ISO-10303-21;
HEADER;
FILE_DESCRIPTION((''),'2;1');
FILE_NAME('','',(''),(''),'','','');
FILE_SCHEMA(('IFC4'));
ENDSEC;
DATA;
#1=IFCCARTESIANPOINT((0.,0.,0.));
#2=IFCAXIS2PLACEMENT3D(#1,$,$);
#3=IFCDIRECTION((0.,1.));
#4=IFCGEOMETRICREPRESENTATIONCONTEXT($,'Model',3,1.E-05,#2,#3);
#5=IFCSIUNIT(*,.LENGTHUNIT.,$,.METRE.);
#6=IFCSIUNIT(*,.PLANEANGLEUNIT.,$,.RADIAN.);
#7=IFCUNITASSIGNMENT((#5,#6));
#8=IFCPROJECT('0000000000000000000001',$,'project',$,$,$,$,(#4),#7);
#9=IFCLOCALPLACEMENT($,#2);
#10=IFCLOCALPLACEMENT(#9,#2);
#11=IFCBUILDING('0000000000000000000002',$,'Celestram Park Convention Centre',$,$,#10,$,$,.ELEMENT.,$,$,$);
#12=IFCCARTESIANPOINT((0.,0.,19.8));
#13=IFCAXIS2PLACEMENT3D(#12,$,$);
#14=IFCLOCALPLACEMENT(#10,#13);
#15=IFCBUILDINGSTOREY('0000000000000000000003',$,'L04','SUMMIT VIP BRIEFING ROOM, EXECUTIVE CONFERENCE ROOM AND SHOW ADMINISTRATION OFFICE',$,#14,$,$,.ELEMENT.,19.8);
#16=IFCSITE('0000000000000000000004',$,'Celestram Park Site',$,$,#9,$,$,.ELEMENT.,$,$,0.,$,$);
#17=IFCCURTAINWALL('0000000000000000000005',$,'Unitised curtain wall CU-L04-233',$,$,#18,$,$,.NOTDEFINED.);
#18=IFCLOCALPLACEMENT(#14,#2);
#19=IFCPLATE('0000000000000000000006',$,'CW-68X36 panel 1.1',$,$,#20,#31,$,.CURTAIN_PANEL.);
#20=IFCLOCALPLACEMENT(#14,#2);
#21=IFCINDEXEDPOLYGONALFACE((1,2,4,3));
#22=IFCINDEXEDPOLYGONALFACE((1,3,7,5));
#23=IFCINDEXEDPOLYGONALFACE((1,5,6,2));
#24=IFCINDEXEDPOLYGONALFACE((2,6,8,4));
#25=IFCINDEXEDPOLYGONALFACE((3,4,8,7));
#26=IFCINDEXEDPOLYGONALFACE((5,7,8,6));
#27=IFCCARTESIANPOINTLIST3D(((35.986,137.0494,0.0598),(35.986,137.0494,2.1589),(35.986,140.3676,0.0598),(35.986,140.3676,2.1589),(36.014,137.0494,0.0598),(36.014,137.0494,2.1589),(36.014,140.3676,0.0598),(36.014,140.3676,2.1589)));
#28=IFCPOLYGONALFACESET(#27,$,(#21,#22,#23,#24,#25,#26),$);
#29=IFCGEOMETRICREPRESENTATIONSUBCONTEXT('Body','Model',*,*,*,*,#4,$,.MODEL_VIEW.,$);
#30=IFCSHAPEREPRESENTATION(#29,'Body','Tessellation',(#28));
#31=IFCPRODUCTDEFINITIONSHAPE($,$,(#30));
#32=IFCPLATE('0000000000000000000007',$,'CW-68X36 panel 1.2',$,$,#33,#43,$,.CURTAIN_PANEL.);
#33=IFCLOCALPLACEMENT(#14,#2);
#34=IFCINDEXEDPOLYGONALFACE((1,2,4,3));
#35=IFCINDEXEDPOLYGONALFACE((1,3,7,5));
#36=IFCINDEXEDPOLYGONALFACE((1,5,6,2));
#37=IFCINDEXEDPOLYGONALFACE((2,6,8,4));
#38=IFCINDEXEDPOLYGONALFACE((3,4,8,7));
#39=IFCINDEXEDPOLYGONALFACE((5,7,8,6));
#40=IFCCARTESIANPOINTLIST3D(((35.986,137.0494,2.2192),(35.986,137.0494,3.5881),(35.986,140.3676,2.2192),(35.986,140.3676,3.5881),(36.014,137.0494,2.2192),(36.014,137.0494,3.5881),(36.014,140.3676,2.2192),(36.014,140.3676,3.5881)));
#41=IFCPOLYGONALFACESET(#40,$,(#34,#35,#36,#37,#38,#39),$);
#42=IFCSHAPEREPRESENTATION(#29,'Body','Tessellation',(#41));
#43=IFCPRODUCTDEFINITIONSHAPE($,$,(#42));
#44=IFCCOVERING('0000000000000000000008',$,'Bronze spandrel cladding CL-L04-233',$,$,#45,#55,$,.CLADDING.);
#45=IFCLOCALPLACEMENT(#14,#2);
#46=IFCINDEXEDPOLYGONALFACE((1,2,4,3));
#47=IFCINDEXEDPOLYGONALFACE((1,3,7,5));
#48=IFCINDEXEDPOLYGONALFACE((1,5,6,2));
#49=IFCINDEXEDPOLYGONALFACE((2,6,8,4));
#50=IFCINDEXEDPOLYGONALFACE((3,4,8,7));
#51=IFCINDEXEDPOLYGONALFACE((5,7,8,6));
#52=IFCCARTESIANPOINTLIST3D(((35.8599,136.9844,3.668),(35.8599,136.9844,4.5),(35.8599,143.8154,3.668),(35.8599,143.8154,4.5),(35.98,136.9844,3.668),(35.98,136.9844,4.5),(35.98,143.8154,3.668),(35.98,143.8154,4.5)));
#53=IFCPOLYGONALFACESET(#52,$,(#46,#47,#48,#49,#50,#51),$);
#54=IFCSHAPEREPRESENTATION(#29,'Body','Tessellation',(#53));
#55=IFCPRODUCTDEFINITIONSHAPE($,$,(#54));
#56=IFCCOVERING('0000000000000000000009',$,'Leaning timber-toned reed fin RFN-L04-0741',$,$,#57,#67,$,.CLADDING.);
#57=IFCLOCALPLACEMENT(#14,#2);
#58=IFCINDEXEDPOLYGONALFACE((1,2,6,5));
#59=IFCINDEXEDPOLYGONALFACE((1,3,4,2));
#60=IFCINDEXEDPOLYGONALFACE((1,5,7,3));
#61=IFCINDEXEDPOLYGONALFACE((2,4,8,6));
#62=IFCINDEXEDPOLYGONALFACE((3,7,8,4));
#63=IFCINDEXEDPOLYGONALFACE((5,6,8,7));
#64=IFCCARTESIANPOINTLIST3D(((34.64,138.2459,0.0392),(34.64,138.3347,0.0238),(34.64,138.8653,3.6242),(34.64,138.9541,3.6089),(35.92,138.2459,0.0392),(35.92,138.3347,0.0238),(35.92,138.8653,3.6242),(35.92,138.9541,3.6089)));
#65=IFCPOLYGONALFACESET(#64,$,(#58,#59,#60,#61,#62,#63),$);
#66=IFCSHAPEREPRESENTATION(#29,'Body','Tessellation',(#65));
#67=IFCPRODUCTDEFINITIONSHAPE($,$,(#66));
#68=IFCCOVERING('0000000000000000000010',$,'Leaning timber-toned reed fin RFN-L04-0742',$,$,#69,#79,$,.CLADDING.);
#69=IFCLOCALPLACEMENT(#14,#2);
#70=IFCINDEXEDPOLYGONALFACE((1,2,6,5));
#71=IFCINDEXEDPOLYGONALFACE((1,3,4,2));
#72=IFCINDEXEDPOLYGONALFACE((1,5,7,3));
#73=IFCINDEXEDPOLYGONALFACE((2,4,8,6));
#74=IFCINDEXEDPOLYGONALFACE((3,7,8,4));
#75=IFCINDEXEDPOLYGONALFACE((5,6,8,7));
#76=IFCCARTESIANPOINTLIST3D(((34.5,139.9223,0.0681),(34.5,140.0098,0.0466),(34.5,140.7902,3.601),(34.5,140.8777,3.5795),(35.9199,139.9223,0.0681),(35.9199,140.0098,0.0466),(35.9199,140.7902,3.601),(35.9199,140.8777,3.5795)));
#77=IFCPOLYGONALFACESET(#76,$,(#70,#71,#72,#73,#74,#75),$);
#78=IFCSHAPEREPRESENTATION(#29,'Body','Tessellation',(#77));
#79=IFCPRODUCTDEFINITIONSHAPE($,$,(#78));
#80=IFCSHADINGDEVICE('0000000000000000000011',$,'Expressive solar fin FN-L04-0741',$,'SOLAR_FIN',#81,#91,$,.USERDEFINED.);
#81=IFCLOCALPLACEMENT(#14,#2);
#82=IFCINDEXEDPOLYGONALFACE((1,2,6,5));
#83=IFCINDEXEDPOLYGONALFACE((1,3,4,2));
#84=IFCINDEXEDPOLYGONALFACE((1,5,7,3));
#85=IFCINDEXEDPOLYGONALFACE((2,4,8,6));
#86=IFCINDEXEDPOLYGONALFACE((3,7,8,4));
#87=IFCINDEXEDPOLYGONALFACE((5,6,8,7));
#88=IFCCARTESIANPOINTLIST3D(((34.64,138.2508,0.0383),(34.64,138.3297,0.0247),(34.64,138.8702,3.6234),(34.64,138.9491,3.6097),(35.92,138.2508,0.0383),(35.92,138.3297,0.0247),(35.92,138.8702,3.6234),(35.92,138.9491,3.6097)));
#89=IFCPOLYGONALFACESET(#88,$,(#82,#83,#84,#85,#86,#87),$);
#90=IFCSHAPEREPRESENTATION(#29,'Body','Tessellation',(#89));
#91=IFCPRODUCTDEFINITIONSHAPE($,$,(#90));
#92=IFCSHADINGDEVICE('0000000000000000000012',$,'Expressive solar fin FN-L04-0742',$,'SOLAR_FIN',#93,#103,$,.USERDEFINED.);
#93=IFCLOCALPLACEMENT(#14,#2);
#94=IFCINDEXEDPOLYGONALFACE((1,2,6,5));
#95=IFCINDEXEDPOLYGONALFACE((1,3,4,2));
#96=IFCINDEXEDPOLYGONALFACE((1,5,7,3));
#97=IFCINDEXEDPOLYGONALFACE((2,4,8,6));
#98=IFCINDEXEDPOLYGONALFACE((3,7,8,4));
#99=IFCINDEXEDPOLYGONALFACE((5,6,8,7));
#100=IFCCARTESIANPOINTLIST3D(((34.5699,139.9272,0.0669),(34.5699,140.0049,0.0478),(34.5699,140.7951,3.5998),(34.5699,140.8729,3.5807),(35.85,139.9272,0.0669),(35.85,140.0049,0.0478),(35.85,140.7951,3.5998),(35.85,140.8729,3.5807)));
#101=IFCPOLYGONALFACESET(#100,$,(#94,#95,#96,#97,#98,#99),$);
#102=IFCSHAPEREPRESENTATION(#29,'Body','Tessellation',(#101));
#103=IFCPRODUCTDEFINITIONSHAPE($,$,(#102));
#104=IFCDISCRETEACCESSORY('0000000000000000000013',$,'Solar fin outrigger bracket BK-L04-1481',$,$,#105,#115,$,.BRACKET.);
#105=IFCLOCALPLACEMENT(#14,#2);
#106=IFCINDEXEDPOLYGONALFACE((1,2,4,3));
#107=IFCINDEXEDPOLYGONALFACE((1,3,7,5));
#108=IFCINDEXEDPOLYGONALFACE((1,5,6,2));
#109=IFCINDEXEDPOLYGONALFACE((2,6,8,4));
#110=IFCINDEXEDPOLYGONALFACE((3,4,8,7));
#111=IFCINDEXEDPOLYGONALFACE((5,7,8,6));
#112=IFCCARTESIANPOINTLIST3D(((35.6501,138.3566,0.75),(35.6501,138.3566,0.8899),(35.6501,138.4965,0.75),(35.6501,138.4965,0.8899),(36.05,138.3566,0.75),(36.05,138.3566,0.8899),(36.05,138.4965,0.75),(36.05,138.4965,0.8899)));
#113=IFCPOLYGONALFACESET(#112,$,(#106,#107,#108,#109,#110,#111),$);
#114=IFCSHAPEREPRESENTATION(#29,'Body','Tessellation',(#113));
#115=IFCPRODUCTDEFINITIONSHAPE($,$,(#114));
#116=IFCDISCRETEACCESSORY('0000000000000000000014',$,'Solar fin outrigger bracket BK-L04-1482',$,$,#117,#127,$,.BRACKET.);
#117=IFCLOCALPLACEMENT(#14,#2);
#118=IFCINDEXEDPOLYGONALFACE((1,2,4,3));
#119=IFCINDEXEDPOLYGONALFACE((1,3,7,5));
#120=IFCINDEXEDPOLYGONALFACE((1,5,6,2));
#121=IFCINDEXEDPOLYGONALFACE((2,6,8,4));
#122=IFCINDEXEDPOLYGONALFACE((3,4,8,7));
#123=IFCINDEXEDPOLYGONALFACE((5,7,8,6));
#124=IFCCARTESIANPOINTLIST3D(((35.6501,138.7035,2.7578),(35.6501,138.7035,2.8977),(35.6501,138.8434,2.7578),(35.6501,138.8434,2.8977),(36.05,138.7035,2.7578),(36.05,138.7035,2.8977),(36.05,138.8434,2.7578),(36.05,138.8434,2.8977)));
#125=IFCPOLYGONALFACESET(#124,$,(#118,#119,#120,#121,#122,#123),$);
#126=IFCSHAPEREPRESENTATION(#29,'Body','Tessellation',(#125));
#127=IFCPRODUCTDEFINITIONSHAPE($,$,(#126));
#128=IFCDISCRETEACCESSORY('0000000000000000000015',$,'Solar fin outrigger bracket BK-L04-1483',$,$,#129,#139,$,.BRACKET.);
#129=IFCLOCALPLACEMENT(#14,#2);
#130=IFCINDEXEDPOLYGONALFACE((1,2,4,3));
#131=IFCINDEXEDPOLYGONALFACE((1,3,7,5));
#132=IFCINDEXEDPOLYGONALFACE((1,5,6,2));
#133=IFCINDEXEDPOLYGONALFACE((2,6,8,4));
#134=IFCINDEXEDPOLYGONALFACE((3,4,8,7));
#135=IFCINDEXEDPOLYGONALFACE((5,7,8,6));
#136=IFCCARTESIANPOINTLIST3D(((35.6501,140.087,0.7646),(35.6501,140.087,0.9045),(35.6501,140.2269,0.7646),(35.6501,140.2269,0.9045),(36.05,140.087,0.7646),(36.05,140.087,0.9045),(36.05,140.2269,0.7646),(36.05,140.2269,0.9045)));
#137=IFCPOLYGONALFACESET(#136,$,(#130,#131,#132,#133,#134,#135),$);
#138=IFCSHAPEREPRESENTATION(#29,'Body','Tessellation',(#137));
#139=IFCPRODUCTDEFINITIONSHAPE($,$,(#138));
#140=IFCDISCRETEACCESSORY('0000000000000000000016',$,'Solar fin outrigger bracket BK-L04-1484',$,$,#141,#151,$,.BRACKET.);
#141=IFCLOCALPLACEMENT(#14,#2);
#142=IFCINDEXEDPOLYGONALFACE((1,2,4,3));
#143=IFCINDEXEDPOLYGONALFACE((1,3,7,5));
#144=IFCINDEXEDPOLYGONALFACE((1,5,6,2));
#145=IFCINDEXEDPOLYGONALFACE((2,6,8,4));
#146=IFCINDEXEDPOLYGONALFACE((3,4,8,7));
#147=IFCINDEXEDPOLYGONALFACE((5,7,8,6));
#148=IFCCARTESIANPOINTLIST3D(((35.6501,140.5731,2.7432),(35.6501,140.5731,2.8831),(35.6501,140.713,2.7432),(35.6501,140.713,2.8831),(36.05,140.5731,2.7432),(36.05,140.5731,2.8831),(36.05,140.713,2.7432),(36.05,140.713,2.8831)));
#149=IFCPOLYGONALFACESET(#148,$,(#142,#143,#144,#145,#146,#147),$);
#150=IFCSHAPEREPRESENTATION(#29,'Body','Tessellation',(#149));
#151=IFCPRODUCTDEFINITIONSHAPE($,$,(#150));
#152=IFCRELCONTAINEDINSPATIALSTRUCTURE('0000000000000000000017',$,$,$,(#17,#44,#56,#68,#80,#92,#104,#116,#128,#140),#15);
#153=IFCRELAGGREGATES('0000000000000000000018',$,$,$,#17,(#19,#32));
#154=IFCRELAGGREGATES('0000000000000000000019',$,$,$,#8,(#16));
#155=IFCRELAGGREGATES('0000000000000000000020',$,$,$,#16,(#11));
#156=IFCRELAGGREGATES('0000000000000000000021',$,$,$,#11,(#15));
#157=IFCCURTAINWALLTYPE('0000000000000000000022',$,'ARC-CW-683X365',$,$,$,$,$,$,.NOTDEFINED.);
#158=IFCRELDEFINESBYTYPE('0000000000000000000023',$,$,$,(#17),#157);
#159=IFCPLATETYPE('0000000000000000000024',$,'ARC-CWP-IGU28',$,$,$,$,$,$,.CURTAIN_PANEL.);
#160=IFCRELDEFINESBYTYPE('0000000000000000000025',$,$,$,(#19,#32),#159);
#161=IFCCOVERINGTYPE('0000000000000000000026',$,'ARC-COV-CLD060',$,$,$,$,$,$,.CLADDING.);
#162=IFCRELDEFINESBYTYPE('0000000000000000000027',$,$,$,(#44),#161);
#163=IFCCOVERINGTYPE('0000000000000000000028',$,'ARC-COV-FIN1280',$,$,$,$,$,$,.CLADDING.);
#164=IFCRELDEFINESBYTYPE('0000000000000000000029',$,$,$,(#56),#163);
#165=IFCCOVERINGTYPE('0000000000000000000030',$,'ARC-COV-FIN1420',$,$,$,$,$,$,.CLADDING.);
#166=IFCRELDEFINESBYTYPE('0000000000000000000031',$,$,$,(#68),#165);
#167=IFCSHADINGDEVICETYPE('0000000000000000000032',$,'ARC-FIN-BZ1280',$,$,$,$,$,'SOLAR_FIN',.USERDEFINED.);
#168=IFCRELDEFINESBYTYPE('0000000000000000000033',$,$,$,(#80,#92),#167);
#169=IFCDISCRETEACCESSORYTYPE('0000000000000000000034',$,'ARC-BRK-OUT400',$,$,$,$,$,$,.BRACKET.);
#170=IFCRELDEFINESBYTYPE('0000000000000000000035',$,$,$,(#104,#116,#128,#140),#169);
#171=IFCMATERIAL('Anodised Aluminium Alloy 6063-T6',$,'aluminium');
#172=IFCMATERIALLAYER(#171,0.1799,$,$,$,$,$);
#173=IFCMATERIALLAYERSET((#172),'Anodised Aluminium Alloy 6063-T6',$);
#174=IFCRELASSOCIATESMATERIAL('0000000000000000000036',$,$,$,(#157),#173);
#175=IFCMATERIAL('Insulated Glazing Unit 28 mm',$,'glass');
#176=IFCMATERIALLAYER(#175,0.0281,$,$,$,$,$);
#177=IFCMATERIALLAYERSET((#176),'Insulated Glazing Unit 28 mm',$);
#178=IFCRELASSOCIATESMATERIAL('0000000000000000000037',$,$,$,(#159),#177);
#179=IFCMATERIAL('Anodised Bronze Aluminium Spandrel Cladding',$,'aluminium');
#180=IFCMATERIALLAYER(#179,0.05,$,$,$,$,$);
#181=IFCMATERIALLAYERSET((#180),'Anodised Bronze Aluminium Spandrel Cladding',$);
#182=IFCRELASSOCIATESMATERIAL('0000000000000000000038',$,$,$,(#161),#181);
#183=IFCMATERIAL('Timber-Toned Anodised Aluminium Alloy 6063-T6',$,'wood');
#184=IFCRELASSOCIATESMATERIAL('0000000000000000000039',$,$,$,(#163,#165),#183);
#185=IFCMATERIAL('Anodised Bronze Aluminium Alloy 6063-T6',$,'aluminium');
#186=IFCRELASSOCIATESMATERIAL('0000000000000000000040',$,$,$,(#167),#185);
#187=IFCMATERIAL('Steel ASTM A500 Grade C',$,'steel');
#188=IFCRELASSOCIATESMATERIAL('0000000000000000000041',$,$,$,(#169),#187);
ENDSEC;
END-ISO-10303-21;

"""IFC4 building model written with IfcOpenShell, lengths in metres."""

from ifc_helpers import new_model, si_unit, direction, frame, origin, origin_2d, place, context, subcontext, project, spatial, rectangle, extrude, material, layer, layer_set, material_profile, profile_set, type_object, element, aggregate, save


model = new_model("IFC4")

# Units and contexts
model_context = context("Model", 3, precision=1e-05, world=origin(), true_north=direction((0.0, 1.0)))
body_context = subcontext(model_context, "Body", "Model", "MODEL_VIEW")
ifc_project = project(units=[si_unit("LENGTHUNIT", "METRE"), si_unit("PLANEANGLEUNIT", "RADIAN")], contexts=[model_context])

# Site, building, storey
site_placement = place(None, origin())
site = spatial("IfcSite", under=ifc_project, at=site_placement, Name="Celestram Park Site", CompositionType="ELEMENT", RefElevation=0.0)
building_placement = place(site_placement, origin())
building = spatial("IfcBuilding", under=site, at=building_placement, Name="Celestram Park Convention Centre", CompositionType="ELEMENT")
storey_placement = place(building_placement, frame((0.0, 0.0, 19.8)))
storey = spatial("IfcBuildingStorey", under=building, at=storey_placement, Name="L04", Description="SUMMIT VIP BRIEFING ROOM, EXECUTIVE CONFERENCE ROOM AND SHOW ADMINISTRATION OFFICE", CompositionType="ELEMENT", Elevation=19.8)

# Curtain wall
ifc_material_1 = material(Name="Anodised Aluminium Alloy 6063-T6", Category="aluminium")
ifc_layer_1 = layer(ifc_material_1, 0.1799)
ifc_layer_set_1 = layer_set([ifc_layer_1], Name="Anodised Aluminium Alloy 6063-T6")
curtain_wall_type = type_object("IfcCurtainWallType", Name="ARC-CW-683X365", PredefinedType="NOTDEFINED", material=ifc_layer_set_1)
curtain_wall_placement = place(storey_placement, origin())
curtain_wall = element("IfcCurtainWall", 1, at=curtain_wall_placement, inside=storey, type_object=curtain_wall_type, Name="Unitised curtain wall CU-L04-233", PredefinedType="NOTDEFINED")

# Shared definitions
ifc_material_2 = material(Name="Steel ASTM A500 Grade C", Category="steel")

# Plates
ifc_material_3 = material(Name="Insulated Glazing Unit 28 mm", Category="glass")
ifc_layer_2 = layer(ifc_material_3, 0.0281)
ifc_layer_set_2 = layer_set([ifc_layer_2], Name="Insulated Glazing Unit 28 mm")
plate_type = type_object("IfcPlateType", Name="ARC-CWP-IGU28", PredefinedType="CURTAIN_PANEL", material=ifc_layer_set_2)
plate_1_placement = place(storey_placement, frame((36.0, 138.7085, 0.0598), z_axis=(0.0, 0.0, 1.0), x_axis=(0.0, 1.0, 0.0)))
plate_1 = element("IfcPlate", 2, at=plate_1_placement, type_object=plate_type, Name="CW-68X36 panel 1.1", PredefinedType="CURTAIN_PANEL", context=body_context, shape_type="SweptSolid", body=[
    extrude(rectangle(XDim=3.3181, YDim=0.0281, at=origin_2d()), origin(), (0.0, 0.0, 1.0), 2.0991),
])
plate_2_placement = place(storey_placement, frame((36.0, 138.7085, 2.2192), z_axis=(0.0, 0.0, 1.0), x_axis=(0.0, 1.0, 0.0)))
plate_2 = element("IfcPlate", 3, at=plate_2_placement, type_object=plate_type, Name="CW-68X36 panel 1.2", PredefinedType="CURTAIN_PANEL", context=body_context, shape_type="SweptSolid", body=[
    extrude(rectangle(XDim=3.3181, YDim=0.0281, at=origin_2d()), origin(), (0.0, 0.0, 1.0), 1.3689),
])
aggregate(curtain_wall, [plate_1, plate_2])

# Coverings
ifc_material_4 = material(Name="Anodised Bronze Aluminium Spandrel Cladding", Category="aluminium")
ifc_layer_3 = layer(ifc_material_4, 0.05)
ifc_layer_set_3 = layer_set([ifc_layer_3], Name="Anodised Bronze Aluminium Spandrel Cladding")
covering_type_1 = type_object("IfcCoveringType", Name="ARC-COV-CLD060", PredefinedType="CLADDING", material=ifc_layer_set_3)
covering_1_placement = place(storey_placement, frame((35.9199, 140.3999, 3.668), z_axis=(0.0, 0.0, 1.0), x_axis=(0.0, 1.0, 0.0)))
element("IfcCovering", 4, at=covering_1_placement, inside=storey, type_object=covering_type_1, Name="Bronze spandrel cladding CL-L04-233", PredefinedType="CLADDING", context=body_context, shape_type="SweptSolid", body=[
    extrude(rectangle(XDim=6.8311, YDim=0.1201, at=origin_2d()), origin(), (0.0, 0.0, 1.0), 0.832),
])
ifc_material_5 = material(Name="Timber-Toned Anodised Aluminium Alloy 6063-T6", Category="wood")
ifc_material_profile_1 = material_profile(ifc_material_5, rectangle(XDim=1.28, YDim=0.0901, at=origin_2d()), Name="REED1280X90")
ifc_profile_set_1 = profile_set([ifc_material_profile_1], Name="Timber-Toned Anodised Aluminium Alloy 6063-T6")
covering_type_2 = type_object("IfcCoveringType", Name="ARC-COV-FIN1280", PredefinedType="CLADDING", material=ifc_profile_set_1)
covering_2_placement = place(storey_placement, frame((35.28, 138.2903, 0.0315), z_axis=(0.0, 0.170251, 0.985401), x_axis=(-1.0, 0.0, 0.0)))
element("IfcCovering", 5, at=covering_2_placement, inside=storey, type_object=covering_type_2, Name="Leaning timber-toned reed fin RFN-L04-0741", PredefinedType="CLADDING", context=body_context, shape_type="SweptSolid", body=[
    extrude(rectangle(XDim=1.28, YDim=0.0901, at=origin_2d()), origin(), (0.0, 0.0, 1.0), 3.6382),
])
ifc_material_profile_2 = material_profile(ifc_material_5, rectangle(XDim=1.4199, YDim=0.0901, at=origin_2d()), Name="REED1420X90")
ifc_profile_set_2 = profile_set([ifc_material_profile_2], Name="Timber-Toned Anodised Aluminium Alloy 6063-T6")
covering_type_3 = type_object("IfcCoveringType", Name="ARC-COV-FIN1420", PredefinedType="CLADDING", material=ifc_profile_set_2)
covering_3_placement = place(storey_placement, frame((35.21, 139.9661, 0.0574), z_axis=(0.0, 0.23857, 0.971125), x_axis=(-1.0, 0.0, 0.0)))
element("IfcCovering", 6, at=covering_3_placement, inside=storey, type_object=covering_type_3, Name="Leaning timber-toned reed fin RFN-L04-0742", PredefinedType="CLADDING", context=body_context, shape_type="SweptSolid", body=[
    extrude(rectangle(XDim=1.4199, YDim=0.0901, at=origin_2d()), origin(), (0.0, 0.0, 1.0), 3.6379),
])

# Shading devices
ifc_material_6 = material(Name="Anodised Bronze Aluminium Alloy 6063-T6", Category="aluminium")
ifc_material_profile_3 = material_profile(ifc_material_6, rectangle(XDim=1.28, YDim=0.0801, at=origin_2d()), Name="FIN1280X80")
ifc_profile_set_3 = profile_set([ifc_material_profile_3], Name="Anodised Bronze Aluminium Alloy 6063-T6")
shading_device_type = type_object("IfcShadingDeviceType", Name="ARC-FIN-BZ1280", ElementType="SOLAR_FIN", PredefinedType="USERDEFINED", material=ifc_profile_set_3)
shading_device_1_placement = place(storey_placement, frame((35.28, 138.2903, 0.0315), z_axis=(0.0, 0.170251, 0.985401), x_axis=(-1.0, 0.0, 0.0)))
element("IfcShadingDevice", 7, at=shading_device_1_placement, inside=storey, type_object=shading_device_type, Name="Expressive solar fin FN-L04-0741", ObjectType="SOLAR_FIN", PredefinedType="USERDEFINED", context=body_context, shape_type="SweptSolid", body=[
    extrude(rectangle(XDim=1.28, YDim=0.0801, at=origin_2d()), origin(), (0.0, 0.0, 1.0), 3.6382),
])
shading_device_2_placement = place(storey_placement, frame((35.21, 139.9661, 0.0574), z_axis=(0.0, 0.23857, 0.971125), x_axis=(-1.0, 0.0, 0.0)))
element("IfcShadingDevice", 8, at=shading_device_2_placement, inside=storey, type_object=shading_device_type, Name="Expressive solar fin FN-L04-0742", ObjectType="SOLAR_FIN", PredefinedType="USERDEFINED", context=body_context, shape_type="SweptSolid", body=[
    extrude(rectangle(XDim=1.28, YDim=0.0801, at=origin_2d()), origin(), (0.0, 0.0, 1.0), 3.6379),
])

# Discrete accessories
discrete_accessory_type = type_object("IfcDiscreteAccessoryType", Name="ARC-BRK-OUT400", PredefinedType="BRACKET", material=ifc_material_2)
for number, where, z_axis, x_axis, name in (
    (9, (35.8501, 138.4265, 0.75), (0.0, 0.0, 1.0), (-1.0, 0.0, 0.0), "Solar fin outrigger bracket BK-L04-1481"),
    (10, (35.8501, 138.7734, 2.7578), (0.0, 0.0, 1.0), (-1.0, 0.0, 0.0), "Solar fin outrigger bracket BK-L04-1482"),
    (11, (35.8501, 140.157, 0.7646), (0.0, 0.0, 1.0), (-1.0, 0.0, 0.0), "Solar fin outrigger bracket BK-L04-1483"),
    (12, (35.8501, 140.6431, 2.7432), (0.0, 0.0, 1.0), (-1.0, 0.0, 0.0), "Solar fin outrigger bracket BK-L04-1484"),
):
    element("IfcDiscreteAccessory", number, at=place(storey_placement, frame(where, z_axis=z_axis, x_axis=x_axis)), inside=storey, type_object=discrete_accessory_type, Name=name, PredefinedType="BRACKET", context=body_context, shape_type="SweptSolid", body=[
        extrude(rectangle(XDim=0.3999, YDim=0.1399, at=origin_2d()), origin(), (0.0, 0.0, 1.0), 0.1399),
    ])

save(model, "model.ifc")
